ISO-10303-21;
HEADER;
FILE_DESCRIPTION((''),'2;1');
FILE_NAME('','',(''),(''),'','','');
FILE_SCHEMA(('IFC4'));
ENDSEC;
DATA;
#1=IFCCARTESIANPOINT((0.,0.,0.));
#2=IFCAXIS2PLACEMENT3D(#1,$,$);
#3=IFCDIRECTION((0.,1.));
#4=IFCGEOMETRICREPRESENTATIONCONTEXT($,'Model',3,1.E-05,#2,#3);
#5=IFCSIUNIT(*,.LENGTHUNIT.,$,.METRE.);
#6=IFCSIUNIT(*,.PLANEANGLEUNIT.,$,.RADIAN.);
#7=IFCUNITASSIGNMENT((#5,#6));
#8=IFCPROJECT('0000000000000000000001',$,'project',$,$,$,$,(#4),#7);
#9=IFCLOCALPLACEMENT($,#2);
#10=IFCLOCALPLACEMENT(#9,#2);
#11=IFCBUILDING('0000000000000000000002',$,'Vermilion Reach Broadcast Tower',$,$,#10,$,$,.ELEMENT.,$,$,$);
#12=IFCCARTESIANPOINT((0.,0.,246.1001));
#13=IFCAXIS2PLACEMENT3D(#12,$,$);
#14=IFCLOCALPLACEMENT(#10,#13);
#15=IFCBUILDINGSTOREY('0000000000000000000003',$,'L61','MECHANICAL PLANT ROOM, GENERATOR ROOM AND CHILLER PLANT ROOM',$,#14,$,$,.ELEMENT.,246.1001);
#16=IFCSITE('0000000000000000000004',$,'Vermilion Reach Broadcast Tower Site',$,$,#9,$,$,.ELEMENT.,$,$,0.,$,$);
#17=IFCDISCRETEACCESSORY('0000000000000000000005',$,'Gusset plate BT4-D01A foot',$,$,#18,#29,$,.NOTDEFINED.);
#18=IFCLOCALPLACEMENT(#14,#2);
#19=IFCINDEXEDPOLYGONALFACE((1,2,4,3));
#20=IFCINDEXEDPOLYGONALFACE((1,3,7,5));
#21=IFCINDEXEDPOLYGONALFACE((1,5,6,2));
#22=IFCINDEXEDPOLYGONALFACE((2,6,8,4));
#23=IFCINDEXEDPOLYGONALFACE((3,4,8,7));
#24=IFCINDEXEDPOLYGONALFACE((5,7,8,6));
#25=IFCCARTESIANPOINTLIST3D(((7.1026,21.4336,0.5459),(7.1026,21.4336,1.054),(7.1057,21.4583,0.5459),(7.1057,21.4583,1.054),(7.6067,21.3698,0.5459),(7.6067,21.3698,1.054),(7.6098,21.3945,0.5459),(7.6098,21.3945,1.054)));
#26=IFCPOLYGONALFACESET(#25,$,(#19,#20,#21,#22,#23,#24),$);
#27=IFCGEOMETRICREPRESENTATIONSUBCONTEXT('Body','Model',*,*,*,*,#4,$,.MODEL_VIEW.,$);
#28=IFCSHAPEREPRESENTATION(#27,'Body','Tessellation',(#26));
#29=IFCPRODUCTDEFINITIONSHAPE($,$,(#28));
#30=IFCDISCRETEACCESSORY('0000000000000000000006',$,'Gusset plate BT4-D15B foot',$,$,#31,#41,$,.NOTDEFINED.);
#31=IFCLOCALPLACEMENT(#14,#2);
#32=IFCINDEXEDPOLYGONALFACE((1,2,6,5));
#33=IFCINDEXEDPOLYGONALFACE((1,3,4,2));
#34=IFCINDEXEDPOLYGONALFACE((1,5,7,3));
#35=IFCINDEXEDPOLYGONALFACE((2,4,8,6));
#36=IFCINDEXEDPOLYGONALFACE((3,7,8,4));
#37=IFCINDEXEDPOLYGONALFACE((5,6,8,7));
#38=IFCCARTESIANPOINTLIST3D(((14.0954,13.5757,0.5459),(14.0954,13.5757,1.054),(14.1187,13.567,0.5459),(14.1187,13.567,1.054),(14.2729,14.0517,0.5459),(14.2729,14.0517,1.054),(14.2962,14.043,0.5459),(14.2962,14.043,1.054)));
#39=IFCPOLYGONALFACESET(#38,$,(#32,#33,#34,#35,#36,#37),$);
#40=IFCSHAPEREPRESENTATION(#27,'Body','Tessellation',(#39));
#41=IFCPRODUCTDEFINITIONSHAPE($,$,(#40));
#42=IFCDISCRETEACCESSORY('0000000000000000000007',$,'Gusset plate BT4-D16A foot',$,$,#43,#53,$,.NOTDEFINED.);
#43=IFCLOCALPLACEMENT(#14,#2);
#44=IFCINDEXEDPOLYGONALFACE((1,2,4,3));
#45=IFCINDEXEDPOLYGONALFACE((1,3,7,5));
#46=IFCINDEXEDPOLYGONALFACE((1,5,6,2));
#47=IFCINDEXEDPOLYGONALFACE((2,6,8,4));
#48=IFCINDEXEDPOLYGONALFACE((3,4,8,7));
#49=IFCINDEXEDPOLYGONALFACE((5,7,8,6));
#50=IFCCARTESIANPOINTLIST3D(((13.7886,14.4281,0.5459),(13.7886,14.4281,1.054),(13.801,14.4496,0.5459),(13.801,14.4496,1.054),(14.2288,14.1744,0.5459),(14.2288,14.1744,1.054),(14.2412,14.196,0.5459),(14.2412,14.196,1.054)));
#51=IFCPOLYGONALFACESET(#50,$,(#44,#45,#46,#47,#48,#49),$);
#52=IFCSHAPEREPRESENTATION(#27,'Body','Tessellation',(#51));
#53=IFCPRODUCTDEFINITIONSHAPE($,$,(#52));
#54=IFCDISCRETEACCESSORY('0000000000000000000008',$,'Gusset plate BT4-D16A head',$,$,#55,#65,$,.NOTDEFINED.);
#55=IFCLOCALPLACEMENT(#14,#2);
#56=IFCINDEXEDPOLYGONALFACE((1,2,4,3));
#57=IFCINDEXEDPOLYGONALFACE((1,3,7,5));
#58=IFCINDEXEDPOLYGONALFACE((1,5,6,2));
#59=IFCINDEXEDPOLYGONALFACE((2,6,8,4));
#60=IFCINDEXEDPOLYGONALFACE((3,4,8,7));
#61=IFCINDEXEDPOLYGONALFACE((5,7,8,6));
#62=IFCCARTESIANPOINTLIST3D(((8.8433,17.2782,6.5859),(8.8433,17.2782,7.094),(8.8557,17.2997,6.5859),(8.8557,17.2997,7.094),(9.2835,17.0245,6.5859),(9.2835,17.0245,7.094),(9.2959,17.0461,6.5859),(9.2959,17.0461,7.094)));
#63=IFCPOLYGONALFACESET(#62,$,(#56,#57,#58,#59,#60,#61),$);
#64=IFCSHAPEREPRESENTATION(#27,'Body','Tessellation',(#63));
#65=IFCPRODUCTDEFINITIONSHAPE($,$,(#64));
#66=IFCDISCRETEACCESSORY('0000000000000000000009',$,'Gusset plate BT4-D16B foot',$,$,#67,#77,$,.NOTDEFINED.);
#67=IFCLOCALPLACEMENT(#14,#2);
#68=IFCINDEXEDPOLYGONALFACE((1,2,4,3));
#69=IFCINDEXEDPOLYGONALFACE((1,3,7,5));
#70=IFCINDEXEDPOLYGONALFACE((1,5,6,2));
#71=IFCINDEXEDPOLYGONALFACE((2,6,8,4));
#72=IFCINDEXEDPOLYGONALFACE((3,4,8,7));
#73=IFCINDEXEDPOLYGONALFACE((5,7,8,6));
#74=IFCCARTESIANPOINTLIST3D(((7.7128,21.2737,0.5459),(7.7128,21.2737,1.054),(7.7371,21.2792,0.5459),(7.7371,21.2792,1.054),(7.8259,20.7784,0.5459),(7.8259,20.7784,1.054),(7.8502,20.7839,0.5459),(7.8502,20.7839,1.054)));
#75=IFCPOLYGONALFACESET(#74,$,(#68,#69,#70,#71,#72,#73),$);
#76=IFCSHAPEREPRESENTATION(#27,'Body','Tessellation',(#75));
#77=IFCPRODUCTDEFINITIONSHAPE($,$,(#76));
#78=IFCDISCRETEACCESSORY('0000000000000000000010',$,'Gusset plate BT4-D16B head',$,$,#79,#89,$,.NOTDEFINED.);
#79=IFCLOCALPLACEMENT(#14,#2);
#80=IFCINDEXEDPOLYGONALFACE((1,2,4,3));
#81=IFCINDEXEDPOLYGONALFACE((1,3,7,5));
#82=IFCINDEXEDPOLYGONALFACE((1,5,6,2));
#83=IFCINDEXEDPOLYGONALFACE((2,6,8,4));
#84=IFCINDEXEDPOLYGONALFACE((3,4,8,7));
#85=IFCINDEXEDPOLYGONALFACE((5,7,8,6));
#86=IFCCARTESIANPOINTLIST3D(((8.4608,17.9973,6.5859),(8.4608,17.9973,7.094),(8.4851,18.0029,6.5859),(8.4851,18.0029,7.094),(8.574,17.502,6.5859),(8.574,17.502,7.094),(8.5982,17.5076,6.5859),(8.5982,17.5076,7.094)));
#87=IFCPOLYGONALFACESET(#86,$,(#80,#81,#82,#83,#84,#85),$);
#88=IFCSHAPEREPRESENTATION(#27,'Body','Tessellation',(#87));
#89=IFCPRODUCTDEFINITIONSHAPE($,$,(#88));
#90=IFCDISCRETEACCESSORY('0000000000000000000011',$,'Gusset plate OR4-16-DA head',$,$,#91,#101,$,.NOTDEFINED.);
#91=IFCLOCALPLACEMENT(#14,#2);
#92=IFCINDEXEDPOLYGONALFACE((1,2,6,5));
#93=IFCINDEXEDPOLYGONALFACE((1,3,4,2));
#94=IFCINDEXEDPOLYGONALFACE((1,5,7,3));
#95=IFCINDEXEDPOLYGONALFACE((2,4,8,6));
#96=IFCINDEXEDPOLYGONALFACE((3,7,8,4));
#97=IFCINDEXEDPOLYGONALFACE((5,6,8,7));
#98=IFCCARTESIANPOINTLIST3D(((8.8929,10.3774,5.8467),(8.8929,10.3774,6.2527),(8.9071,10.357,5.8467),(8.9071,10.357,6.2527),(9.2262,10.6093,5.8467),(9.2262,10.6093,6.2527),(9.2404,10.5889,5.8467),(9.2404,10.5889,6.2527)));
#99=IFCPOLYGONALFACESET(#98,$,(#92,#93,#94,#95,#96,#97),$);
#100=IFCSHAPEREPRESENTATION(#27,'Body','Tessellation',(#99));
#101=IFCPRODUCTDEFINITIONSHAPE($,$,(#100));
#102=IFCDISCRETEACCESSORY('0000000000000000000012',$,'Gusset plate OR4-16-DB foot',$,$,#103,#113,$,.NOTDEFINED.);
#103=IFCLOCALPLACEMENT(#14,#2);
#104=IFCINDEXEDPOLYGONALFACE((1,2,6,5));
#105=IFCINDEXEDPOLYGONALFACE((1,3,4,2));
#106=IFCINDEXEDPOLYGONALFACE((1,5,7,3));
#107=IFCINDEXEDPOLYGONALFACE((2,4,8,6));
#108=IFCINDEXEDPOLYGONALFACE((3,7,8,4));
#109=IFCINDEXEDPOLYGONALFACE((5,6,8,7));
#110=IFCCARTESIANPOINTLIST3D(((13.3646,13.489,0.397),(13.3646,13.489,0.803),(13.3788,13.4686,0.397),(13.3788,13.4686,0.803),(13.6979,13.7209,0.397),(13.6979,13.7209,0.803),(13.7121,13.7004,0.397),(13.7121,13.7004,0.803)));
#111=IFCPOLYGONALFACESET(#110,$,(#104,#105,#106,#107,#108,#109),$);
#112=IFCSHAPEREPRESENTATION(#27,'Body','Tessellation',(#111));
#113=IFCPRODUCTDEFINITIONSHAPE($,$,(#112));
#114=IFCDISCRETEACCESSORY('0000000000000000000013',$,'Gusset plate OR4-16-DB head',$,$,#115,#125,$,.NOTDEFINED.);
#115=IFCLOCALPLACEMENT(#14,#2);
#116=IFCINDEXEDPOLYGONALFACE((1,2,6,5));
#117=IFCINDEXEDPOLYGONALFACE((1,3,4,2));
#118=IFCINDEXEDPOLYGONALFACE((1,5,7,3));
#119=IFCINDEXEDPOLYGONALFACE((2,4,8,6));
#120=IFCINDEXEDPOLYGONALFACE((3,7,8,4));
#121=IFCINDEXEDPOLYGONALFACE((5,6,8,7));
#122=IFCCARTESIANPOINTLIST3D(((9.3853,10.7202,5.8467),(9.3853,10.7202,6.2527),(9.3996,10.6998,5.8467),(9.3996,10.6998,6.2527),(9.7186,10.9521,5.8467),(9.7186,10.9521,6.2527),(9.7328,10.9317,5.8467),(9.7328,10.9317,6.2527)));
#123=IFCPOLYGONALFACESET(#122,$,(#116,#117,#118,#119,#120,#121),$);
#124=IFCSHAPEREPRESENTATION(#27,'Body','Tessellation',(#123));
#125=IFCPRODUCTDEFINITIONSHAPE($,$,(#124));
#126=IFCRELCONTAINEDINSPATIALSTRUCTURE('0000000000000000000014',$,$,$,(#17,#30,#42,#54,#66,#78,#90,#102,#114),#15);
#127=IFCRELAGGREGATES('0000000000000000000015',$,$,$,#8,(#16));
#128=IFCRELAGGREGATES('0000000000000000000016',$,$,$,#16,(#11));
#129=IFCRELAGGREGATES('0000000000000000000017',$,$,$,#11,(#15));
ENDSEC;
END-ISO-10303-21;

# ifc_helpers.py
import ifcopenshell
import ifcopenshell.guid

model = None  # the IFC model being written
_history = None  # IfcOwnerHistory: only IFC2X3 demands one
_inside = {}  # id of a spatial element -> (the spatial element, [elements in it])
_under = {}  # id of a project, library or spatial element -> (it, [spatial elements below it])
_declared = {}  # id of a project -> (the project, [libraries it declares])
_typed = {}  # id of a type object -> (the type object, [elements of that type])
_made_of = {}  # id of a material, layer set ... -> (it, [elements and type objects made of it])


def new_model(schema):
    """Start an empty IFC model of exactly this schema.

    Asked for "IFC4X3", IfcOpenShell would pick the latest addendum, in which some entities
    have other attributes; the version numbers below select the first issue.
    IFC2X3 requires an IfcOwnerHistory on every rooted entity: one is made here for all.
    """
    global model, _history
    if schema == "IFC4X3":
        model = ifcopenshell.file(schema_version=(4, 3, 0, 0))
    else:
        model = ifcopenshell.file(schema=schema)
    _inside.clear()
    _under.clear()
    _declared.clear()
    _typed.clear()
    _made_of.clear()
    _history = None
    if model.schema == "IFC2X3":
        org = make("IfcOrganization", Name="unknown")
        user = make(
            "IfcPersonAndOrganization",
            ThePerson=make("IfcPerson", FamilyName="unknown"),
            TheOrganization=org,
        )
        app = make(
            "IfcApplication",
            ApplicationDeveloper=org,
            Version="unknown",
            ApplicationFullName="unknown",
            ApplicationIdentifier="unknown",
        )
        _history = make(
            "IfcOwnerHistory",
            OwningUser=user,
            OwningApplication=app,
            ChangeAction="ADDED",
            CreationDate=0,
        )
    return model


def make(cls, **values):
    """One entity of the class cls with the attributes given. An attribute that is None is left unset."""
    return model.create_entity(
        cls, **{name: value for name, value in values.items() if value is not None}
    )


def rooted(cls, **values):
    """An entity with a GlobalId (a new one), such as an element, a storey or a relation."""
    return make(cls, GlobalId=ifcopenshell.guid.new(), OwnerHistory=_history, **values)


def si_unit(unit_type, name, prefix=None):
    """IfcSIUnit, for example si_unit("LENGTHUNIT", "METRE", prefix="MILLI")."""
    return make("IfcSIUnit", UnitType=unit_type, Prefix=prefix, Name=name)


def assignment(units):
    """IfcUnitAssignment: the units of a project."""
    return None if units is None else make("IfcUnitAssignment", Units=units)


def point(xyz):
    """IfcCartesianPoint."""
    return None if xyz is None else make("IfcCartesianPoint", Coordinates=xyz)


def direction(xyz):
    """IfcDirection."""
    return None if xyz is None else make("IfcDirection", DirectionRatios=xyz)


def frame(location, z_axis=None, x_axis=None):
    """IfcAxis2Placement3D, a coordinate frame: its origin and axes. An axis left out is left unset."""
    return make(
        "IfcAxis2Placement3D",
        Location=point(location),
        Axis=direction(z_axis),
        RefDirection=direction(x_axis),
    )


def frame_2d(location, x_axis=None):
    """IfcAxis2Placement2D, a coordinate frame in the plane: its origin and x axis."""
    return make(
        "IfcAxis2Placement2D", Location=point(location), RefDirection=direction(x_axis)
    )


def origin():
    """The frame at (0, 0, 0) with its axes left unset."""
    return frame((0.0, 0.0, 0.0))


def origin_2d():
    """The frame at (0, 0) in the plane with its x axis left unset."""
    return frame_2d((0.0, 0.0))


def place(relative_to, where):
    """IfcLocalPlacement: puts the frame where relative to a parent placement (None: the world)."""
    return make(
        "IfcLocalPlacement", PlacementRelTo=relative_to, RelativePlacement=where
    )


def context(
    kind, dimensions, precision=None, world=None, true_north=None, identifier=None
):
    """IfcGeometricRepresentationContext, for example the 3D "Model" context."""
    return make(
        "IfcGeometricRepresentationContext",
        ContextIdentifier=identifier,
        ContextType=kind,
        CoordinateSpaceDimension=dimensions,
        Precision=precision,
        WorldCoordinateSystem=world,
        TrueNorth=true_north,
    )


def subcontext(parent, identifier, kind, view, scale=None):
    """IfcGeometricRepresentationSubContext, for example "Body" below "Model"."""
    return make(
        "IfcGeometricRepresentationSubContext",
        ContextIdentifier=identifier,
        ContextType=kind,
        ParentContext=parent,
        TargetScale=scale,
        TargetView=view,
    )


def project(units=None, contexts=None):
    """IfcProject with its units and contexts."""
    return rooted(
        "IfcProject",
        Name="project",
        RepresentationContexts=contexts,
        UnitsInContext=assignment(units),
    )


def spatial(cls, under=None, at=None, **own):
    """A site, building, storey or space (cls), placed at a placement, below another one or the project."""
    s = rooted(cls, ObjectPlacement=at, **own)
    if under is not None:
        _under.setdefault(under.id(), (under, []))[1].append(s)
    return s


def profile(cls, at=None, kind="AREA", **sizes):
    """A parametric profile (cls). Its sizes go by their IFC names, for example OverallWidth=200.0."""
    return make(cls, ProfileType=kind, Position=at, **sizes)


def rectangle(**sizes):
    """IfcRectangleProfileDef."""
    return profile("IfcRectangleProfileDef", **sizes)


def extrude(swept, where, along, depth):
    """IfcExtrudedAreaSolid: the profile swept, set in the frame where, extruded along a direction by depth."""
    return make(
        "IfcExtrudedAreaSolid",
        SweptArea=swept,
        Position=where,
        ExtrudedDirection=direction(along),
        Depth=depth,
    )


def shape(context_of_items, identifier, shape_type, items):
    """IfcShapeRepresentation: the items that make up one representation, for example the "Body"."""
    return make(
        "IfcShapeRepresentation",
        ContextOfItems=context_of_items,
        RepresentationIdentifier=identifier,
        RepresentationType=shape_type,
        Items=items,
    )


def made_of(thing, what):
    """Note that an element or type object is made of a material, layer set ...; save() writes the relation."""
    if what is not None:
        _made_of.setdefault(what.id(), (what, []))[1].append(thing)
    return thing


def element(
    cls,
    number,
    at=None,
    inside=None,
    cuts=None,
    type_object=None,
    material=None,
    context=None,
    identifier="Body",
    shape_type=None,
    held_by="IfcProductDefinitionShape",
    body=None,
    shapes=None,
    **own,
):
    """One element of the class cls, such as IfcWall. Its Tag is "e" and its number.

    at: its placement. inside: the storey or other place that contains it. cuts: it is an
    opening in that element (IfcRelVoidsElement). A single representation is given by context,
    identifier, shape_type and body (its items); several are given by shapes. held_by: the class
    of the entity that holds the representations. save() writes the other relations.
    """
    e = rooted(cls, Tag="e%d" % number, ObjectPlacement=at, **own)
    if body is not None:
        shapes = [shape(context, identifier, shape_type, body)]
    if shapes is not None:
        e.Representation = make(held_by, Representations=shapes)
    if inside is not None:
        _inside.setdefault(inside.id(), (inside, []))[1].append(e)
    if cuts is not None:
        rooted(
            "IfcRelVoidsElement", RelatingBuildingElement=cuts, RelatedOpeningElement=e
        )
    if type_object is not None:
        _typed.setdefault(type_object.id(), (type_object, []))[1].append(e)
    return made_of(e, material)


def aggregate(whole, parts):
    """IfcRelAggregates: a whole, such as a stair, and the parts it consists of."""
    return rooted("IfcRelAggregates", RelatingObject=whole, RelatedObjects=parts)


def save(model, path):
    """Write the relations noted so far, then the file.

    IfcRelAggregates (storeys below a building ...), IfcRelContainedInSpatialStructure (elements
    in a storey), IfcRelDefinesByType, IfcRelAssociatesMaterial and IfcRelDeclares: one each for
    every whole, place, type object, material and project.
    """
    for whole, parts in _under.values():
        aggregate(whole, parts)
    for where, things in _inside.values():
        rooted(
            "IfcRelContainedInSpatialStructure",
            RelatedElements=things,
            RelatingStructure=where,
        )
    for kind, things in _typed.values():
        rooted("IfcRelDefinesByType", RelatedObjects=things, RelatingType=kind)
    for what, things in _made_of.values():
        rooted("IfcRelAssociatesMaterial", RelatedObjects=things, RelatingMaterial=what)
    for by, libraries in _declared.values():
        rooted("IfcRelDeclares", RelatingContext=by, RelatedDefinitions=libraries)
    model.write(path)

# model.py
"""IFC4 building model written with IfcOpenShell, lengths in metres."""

from ifc_helpers import new_model, si_unit, direction, frame, origin, origin_2d, place, context, subcontext, project, spatial, rectangle, extrude, element, save


model = new_model("IFC4")

# Units and contexts
model_context = context("Model", 3, precision=1e-05, world=origin(), true_north=direction((0.0, 1.0)))
body_context = subcontext(model_context, "Body", "Model", "MODEL_VIEW")
ifc_project = project(units=[si_unit("LENGTHUNIT", "METRE"), si_unit("PLANEANGLEUNIT", "RADIAN")], contexts=[model_context])

# Site, building, storey
site_placement = place(None, origin())
site = spatial("IfcSite", under=ifc_project, at=site_placement, Name="Vermilion Reach Broadcast Tower Site", CompositionType="ELEMENT", RefElevation=0.0)
building_placement = place(site_placement, origin())
building = spatial("IfcBuilding", under=site, at=building_placement, Name="Vermilion Reach Broadcast Tower", CompositionType="ELEMENT")
storey_placement = place(building_placement, frame((0.0, 0.0, 246.1001)))
storey = spatial("IfcBuildingStorey", under=building, at=storey_placement, Name="L61", Description="MECHANICAL PLANT ROOM, GENERATOR ROOM AND CHILLER PLANT ROOM", CompositionType="ELEMENT", Elevation=246.1001)

# Discrete accessories
for number, where, z_axis, x_axis, name in (
    (1, (7.3562, 21.4141, 0.5459), (0.0, 0.0, 1.0), (-0.125564, -0.992086, 0.0), "Gusset plate BT4-D01A foot"),
    (2, (14.1958, 13.8093, 0.5459), (0.0, 0.0, 1.0), (0.936985, -0.349369, 0.0), "Gusset plate BT4-D15B foot"),
    (3, (14.0149, 14.312, 0.5459), (0.0, 0.0, 1.0), (-0.49933, -0.866412, 0.0), "Gusset plate BT4-D16A foot"),
    (4, (9.0696, 17.1621, 6.5859), (0.0, 0.0, 1.0), (-0.49933, -0.866412, 0.0), "Gusset plate BT4-D16A head"),
    (5, (7.7815, 21.0288, 0.5459), (0.0, 0.0, 1.0), (0.974901, 0.222639, 0.0), "Gusset plate BT4-D16B foot"),
    (6, (8.5295, 17.7524, 6.5859), (0.0, 0.0, 1.0), (0.974901, 0.222639, 0.0), "Gusset plate BT4-D16B head"),
):
    element("IfcDiscreteAccessory", number, at=place(storey_placement, frame(where, z_axis=z_axis, x_axis=x_axis)), inside=storey, Name=name, PredefinedType="NOTDEFINED", context=body_context, shape_type="SweptSolid", body=[
        extrude(rectangle(XDim=0.0249, YDim=0.5081, at=origin_2d()), origin(), (0.0, 0.0, 1.0), 0.5081),
    ])
for number, where, z_axis, x_axis, name in (
    (7, (9.0667, 10.4832, 5.8467), (0.0, 0.0, 1.0), (-0.571143, 0.82085, 0.0), "Gusset plate OR4-16-DA head"),
    (8, (13.5383, 13.5947, 0.397), (0.0, 0.0, 1.0), (-0.571143, 0.82085, 0.0), "Gusset plate OR4-16-DB foot"),
    (9, (9.5591, 10.8259, 5.8467), (0.0, 0.0, 1.0), (-0.571143, 0.82085, 0.0), "Gusset plate OR4-16-DB head"),
):
    element("IfcDiscreteAccessory", number, at=place(storey_placement, frame(where, z_axis=z_axis, x_axis=x_axis)), inside=storey, Name=name, PredefinedType="NOTDEFINED", context=body_context, shape_type="SweptSolid", body=[
        extrude(rectangle(XDim=0.0249, YDim=0.406, at=origin_2d()), origin(), (0.0, 0.0, 1.0), 0.406),
    ])

save(model, "model.ifc")
